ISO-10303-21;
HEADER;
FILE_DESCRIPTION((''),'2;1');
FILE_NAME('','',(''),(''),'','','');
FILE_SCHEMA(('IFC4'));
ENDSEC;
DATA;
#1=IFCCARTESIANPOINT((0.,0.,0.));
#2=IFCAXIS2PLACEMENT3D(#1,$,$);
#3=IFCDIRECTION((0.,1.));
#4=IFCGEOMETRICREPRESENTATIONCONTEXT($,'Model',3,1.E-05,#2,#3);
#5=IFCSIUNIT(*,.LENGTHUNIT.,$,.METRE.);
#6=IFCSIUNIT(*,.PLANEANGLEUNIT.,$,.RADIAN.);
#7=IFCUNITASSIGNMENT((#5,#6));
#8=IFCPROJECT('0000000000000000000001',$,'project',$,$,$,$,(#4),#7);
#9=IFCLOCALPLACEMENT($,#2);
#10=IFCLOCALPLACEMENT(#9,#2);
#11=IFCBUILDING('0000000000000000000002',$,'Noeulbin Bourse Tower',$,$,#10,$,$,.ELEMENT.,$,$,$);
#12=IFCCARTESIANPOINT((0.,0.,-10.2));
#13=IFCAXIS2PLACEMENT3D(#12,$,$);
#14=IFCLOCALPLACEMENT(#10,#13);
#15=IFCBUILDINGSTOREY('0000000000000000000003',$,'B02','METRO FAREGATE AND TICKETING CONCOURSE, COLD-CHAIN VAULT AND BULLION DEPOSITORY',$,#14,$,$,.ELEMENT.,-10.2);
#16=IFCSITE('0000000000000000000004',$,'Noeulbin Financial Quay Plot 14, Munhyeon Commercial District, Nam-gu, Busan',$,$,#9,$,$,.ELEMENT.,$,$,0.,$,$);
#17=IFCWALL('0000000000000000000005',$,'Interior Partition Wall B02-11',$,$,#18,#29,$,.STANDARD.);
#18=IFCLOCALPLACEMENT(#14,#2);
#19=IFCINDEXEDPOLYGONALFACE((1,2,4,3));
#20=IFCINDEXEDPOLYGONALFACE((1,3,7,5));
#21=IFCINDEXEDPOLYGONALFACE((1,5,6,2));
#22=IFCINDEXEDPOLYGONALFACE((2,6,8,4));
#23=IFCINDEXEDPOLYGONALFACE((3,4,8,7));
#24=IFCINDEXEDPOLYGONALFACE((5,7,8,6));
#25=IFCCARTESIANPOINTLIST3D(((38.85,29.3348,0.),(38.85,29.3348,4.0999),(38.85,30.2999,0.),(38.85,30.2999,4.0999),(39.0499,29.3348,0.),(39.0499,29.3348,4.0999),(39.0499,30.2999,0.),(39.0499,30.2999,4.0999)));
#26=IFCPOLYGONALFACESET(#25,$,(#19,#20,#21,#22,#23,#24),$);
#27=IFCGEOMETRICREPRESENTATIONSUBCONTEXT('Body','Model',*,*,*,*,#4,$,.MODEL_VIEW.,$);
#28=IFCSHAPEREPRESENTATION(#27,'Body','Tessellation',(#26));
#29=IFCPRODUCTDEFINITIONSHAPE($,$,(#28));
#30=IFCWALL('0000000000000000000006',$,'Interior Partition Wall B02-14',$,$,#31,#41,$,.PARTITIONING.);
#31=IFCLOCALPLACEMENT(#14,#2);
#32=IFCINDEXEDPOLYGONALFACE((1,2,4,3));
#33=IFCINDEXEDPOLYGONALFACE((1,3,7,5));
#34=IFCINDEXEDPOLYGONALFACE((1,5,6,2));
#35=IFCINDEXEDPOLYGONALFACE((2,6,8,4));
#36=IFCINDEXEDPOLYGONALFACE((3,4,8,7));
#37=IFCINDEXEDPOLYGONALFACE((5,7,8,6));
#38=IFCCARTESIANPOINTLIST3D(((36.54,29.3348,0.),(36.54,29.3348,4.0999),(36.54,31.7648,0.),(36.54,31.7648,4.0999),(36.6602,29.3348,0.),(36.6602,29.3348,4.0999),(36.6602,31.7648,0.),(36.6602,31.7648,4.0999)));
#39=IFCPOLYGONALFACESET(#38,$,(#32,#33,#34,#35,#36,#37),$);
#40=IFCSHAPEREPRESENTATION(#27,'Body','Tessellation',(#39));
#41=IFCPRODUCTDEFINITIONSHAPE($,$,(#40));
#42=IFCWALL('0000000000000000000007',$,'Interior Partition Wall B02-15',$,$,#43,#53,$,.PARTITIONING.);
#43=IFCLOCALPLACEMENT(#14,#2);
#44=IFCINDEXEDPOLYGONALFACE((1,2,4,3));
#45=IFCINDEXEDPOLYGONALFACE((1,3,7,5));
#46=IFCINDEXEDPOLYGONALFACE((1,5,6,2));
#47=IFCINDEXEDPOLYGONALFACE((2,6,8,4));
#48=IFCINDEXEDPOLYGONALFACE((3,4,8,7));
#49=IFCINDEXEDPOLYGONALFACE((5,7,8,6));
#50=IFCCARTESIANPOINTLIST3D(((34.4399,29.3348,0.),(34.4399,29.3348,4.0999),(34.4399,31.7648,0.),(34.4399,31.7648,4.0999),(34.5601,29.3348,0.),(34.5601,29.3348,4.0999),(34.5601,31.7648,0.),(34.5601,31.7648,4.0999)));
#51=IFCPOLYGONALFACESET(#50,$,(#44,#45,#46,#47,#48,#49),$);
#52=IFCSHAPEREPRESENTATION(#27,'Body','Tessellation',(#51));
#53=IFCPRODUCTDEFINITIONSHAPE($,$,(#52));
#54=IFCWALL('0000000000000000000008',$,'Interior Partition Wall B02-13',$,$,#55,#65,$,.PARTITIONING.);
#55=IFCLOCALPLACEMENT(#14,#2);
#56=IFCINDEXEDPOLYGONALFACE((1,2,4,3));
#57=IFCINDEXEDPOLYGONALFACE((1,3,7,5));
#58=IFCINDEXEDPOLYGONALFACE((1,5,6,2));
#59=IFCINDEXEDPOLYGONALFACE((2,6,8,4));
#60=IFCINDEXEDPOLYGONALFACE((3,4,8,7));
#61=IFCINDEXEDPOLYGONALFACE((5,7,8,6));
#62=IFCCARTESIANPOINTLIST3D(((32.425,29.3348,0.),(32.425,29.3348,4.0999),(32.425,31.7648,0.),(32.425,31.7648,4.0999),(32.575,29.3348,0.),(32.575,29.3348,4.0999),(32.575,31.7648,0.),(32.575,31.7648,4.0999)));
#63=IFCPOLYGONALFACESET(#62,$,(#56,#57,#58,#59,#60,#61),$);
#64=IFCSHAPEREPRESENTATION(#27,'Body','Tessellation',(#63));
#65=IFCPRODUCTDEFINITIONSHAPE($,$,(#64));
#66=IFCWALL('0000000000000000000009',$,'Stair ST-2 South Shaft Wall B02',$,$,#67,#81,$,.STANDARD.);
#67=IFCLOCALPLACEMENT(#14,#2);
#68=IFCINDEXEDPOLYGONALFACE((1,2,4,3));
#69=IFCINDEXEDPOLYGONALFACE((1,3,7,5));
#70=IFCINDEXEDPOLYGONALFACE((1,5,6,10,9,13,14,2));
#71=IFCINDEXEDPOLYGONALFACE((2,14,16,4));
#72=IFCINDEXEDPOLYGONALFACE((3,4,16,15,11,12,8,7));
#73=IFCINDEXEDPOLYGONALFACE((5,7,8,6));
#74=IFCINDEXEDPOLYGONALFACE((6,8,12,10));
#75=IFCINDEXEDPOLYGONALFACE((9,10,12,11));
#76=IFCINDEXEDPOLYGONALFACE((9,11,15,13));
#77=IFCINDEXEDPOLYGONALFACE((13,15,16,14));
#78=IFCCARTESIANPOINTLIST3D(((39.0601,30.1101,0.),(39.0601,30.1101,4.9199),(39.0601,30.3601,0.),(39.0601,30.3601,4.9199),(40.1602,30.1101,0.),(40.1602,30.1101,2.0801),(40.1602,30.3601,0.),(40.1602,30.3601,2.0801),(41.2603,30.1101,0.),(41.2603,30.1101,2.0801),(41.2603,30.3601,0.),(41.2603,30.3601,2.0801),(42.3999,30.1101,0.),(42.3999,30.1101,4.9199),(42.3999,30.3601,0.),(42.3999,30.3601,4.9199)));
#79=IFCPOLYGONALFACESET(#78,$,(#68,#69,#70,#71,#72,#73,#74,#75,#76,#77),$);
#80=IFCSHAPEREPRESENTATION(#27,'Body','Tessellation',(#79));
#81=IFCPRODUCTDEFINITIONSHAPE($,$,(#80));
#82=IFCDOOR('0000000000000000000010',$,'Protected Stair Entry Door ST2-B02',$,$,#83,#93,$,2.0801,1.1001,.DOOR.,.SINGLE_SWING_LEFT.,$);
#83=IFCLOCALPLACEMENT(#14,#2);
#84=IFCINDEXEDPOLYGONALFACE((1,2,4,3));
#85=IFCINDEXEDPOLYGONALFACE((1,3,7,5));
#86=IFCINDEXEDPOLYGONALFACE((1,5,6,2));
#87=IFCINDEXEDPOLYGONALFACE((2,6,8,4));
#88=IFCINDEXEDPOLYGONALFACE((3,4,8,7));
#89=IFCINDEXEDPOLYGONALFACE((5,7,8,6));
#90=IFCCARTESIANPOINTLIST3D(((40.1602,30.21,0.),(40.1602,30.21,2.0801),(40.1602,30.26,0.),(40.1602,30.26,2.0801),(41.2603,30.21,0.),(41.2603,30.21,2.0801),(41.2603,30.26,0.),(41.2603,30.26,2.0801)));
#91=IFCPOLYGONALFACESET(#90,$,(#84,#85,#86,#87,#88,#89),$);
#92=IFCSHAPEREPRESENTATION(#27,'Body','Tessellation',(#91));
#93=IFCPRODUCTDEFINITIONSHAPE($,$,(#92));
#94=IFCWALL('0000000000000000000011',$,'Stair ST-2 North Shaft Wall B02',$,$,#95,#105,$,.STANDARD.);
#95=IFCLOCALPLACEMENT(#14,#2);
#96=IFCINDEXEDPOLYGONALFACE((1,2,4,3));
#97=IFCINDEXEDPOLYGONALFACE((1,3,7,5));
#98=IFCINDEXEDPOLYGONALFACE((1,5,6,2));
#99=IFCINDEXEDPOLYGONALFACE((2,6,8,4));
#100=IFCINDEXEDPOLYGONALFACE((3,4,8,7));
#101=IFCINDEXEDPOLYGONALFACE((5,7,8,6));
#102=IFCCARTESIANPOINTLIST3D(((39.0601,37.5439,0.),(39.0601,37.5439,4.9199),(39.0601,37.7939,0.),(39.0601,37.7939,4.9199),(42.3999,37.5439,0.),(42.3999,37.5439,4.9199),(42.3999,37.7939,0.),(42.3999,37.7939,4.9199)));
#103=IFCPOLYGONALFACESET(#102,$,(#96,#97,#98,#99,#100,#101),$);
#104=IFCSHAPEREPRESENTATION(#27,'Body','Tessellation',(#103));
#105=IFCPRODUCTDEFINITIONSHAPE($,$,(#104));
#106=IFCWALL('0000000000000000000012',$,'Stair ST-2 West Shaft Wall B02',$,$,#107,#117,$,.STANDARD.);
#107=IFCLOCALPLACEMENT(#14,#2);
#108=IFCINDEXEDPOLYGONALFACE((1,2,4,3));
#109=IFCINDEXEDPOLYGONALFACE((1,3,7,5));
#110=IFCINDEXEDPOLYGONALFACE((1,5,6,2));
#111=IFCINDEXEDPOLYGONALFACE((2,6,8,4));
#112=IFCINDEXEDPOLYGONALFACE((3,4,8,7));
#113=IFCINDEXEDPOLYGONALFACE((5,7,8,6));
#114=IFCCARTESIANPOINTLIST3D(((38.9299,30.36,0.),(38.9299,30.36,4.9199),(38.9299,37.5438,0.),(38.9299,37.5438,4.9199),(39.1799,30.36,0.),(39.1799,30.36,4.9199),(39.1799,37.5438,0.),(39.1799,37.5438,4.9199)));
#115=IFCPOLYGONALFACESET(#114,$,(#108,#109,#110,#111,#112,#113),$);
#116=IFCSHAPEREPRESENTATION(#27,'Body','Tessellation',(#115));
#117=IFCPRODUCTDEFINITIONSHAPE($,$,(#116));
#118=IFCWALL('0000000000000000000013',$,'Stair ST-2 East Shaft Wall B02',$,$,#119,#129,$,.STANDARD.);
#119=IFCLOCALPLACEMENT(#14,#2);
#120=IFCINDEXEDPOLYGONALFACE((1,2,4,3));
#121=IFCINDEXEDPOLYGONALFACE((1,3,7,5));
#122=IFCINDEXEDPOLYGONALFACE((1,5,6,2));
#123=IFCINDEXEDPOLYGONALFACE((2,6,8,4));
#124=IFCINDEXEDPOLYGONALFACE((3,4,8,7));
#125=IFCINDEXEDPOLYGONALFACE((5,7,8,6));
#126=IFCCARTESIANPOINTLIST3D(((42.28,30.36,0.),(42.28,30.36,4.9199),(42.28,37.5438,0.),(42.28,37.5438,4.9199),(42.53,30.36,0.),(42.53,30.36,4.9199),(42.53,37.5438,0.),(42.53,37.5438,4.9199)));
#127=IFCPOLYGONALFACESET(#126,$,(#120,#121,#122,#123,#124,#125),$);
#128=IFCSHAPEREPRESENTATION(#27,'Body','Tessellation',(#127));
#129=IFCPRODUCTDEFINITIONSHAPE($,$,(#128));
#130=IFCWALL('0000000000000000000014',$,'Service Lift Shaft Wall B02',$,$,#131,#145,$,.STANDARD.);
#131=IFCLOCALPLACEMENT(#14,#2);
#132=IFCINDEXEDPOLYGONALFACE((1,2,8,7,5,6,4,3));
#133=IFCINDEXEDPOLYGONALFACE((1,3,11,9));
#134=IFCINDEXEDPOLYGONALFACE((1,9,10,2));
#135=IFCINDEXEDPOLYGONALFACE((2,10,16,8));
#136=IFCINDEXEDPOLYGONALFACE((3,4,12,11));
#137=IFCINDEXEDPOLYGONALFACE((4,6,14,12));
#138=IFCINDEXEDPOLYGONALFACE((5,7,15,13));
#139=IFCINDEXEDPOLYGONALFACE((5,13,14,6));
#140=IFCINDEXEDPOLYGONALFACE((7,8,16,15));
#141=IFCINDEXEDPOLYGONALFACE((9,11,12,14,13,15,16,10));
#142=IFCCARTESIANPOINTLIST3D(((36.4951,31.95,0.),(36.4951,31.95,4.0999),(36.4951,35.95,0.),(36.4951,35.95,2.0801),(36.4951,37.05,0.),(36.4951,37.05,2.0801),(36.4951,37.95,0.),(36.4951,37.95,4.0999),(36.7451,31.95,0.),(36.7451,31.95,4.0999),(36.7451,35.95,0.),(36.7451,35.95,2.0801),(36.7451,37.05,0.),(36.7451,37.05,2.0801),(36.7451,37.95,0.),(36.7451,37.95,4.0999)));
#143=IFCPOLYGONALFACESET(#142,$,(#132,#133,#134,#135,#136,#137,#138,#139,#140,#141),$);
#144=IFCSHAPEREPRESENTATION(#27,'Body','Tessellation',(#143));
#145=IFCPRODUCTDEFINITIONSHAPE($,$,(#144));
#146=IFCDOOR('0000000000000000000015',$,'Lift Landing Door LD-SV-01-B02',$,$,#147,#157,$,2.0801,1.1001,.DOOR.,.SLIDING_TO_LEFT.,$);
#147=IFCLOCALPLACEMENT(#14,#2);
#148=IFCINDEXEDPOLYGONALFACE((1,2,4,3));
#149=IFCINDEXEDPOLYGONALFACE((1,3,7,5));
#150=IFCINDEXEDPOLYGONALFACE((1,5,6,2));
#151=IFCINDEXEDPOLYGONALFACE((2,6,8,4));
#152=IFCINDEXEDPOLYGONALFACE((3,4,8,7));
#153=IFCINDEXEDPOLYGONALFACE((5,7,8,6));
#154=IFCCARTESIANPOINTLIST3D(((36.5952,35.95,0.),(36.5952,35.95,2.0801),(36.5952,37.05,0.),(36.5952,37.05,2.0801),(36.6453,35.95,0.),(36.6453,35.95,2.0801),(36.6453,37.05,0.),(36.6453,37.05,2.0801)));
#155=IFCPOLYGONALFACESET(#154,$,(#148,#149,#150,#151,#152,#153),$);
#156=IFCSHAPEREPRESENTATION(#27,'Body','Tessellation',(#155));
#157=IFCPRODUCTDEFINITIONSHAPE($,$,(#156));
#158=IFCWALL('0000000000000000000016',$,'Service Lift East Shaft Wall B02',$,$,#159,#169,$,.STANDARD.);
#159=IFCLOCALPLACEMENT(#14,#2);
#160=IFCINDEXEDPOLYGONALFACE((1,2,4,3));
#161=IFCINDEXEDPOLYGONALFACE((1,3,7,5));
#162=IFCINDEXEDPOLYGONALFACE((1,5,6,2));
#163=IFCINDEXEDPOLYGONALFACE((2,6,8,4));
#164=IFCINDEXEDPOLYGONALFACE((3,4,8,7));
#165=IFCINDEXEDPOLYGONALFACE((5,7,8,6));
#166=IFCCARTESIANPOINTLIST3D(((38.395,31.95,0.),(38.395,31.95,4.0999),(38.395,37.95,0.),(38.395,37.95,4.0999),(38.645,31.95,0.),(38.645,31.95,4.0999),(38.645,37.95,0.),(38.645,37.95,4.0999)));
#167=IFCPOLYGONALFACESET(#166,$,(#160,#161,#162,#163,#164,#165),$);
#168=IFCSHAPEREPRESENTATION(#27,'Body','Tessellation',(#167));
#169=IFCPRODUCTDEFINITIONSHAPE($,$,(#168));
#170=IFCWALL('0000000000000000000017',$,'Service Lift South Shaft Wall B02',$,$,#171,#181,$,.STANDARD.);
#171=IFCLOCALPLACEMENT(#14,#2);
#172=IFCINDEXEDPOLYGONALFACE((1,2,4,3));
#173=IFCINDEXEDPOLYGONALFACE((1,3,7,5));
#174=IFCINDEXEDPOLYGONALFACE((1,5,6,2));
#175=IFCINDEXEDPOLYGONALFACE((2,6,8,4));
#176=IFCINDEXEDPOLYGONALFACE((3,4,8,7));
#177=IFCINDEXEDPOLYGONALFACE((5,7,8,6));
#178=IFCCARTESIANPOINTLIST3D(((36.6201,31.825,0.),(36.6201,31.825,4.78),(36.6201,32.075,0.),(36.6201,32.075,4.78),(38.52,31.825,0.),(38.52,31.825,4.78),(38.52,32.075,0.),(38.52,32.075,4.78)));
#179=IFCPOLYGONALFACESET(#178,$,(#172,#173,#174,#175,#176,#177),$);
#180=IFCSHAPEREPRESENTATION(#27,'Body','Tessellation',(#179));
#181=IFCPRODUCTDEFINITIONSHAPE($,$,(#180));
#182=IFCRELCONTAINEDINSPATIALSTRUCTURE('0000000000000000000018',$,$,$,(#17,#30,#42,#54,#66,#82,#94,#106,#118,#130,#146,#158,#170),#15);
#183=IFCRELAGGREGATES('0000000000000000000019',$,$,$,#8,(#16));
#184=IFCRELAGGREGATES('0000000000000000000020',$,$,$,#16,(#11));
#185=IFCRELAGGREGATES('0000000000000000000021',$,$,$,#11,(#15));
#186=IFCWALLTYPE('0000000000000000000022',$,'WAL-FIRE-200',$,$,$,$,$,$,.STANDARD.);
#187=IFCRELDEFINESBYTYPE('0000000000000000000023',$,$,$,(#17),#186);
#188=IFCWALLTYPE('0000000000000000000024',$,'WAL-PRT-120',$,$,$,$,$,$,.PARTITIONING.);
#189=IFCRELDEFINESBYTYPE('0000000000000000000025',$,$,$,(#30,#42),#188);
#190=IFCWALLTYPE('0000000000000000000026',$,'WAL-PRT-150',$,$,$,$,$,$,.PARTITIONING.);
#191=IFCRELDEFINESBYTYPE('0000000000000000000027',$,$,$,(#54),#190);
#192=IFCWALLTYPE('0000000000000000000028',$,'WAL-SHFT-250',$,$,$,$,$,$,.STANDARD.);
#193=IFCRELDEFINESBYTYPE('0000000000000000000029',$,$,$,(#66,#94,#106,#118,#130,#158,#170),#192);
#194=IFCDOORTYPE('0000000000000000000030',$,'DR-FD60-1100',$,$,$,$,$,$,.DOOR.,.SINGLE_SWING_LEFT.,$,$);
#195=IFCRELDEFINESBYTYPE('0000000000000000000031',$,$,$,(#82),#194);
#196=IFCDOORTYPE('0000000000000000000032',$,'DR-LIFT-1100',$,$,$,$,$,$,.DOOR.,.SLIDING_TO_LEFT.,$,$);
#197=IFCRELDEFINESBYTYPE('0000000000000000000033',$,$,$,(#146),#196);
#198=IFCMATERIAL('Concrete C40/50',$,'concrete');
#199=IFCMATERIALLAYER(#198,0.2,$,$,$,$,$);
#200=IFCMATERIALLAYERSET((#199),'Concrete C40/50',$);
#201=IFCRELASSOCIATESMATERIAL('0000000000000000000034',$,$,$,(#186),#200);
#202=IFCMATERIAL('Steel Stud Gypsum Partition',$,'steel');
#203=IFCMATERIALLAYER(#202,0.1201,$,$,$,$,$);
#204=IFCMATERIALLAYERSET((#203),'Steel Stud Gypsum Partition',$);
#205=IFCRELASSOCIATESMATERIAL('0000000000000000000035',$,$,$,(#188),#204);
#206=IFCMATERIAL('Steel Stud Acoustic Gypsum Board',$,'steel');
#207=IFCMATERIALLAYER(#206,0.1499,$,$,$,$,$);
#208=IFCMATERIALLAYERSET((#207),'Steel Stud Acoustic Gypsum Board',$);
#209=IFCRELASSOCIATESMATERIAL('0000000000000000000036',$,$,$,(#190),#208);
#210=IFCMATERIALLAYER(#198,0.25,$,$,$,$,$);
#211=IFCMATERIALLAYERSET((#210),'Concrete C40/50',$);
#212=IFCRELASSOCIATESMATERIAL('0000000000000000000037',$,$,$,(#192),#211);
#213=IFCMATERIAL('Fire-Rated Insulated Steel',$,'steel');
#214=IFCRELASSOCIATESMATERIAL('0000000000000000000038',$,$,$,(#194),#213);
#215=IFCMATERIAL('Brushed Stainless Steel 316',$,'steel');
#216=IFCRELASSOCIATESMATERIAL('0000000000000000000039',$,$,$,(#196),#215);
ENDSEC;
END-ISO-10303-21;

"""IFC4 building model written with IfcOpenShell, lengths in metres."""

from ifc_helpers import new_model, si_unit, direction, frame, frame_2d, origin, place, context, subcontext, project, spatial, rectangle, extrude, material, layer, layer_set, type_object, element, fill, save


model = new_model("IFC4")

# Units and contexts
model_context = context("Model", 3, precision=1e-05, world=origin(), true_north=direction((0.0, 1.0)))
body_context = subcontext(model_context, "Body", "Model", "MODEL_VIEW")
ifc_project = project(units=[si_unit("LENGTHUNIT", "METRE"), si_unit("PLANEANGLEUNIT", "RADIAN")], contexts=[model_context])

# Site, building, storey
site_placement = place(None, origin())
site = spatial("IfcSite", under=ifc_project, at=site_placement, Name="Noeulbin Financial Quay Plot 14, Munhyeon Commercial District, Nam-gu, Busan", CompositionType="ELEMENT", RefElevation=0.0)
building_placement = place(site_placement, origin())
building = spatial("IfcBuilding", under=site, at=building_placement, Name="Noeulbin Bourse Tower", CompositionType="ELEMENT")
storey_placement = place(building_placement, frame((0.0, 0.0, -10.2)))
storey = spatial("IfcBuildingStorey", under=building, at=storey_placement, Name="B02", Description="METRO FAREGATE AND TICKETING CONCOURSE, COLD-CHAIN VAULT AND BULLION DEPOSITORY", CompositionType="ELEMENT", Elevation=-10.2)

# Walls
ifc_material_1 = material(Name="Concrete C40/50", Category="concrete")
ifc_layer_1 = layer(ifc_material_1, 0.2)
ifc_layer_set_1 = layer_set([ifc_layer_1], Name="Concrete C40/50")
wall_type_1 = type_object("IfcWallType", Name="WAL-FIRE-200", PredefinedType="STANDARD", material=ifc_layer_set_1)
wall_1_placement = place(storey_placement, frame((38.95, 29.335, 0.0), z_axis=(0.0, 0.0, 1.0), x_axis=(0.0, 1.0, 0.0)))
element("IfcWall", 1, at=wall_1_placement, inside=storey, type_object=wall_type_1, Name="Interior Partition Wall B02-11", PredefinedType="STANDARD", context=body_context, shape_type="SweptSolid", body=[
    extrude(rectangle(XDim=0.9651, YDim=0.2, at=frame_2d((0.4824, 0.0))), origin(), (0.0, 0.0, 1.0), 4.0999),
])
ifc_material_2 = material(Name="Steel Stud Gypsum Partition", Category="steel")
ifc_layer_2 = layer(ifc_material_2, 0.1201)
ifc_layer_set_2 = layer_set([ifc_layer_2], Name="Steel Stud Gypsum Partition")
wall_type_2 = type_object("IfcWallType", Name="WAL-PRT-120", PredefinedType="PARTITIONING", material=ifc_layer_set_2)
for number, where, z_axis, x_axis, name in (
    (2, (36.6001, 29.335, 0.0), (0.0, 0.0, 1.0), (0.0, 1.0, 0.0), "Interior Partition Wall B02-14"),
    (3, (34.5, 29.335, 0.0), (0.0, 0.0, 1.0), (0.0, 1.0, 0.0), "Interior Partition Wall B02-15"),
):
    element("IfcWall", number, at=place(storey_placement, frame(where, z_axis=z_axis, x_axis=x_axis)), inside=storey, type_object=wall_type_2, Name=name, PredefinedType="PARTITIONING", context=body_context, shape_type="SweptSolid", body=[
        extrude(rectangle(XDim=2.4299, YDim=0.1201, at=frame_2d((1.2148, 0.0))), origin(), (0.0, 0.0, 1.0), 4.0999),
    ])
ifc_material_3 = material(Name="Steel Stud Acoustic Gypsum Board", Category="steel")
ifc_layer_3 = layer(ifc_material_3, 0.1499)
ifc_layer_set_3 = layer_set([ifc_layer_3], Name="Steel Stud Acoustic Gypsum Board")
wall_type_3 = type_object("IfcWallType", Name="WAL-PRT-150", PredefinedType="PARTITIONING", material=ifc_layer_set_3)
wall_2_placement = place(storey_placement, frame((32.5, 29.335, 0.0), z_axis=(0.0, 0.0, 1.0), x_axis=(0.0, 1.0, 0.0)))
element("IfcWall", 4, at=wall_2_placement, inside=storey, type_object=wall_type_3, Name="Interior Partition Wall B02-13", PredefinedType="PARTITIONING", context=body_context, shape_type="SweptSolid", body=[
    extrude(rectangle(XDim=2.4299, YDim=0.1499, at=frame_2d((1.2148, 0.0))), origin(), (0.0, 0.0, 1.0), 4.0999),
])

# Wall, opening, door
ifc_layer_4 = layer(ifc_material_1, 0.25)
ifc_layer_set_4 = layer_set([ifc_layer_4], Name="Concrete C40/50")
wall_type_4 = type_object("IfcWallType", Name="WAL-SHFT-250", PredefinedType="STANDARD", material=ifc_layer_set_4)
wall_3_placement = place(storey_placement, frame((39.0601, 30.2351, 0.0), z_axis=(0.0, 0.0, 1.0), x_axis=(1.0, 0.0, 0.0)))
wall_3 = element("IfcWall", 5, at=wall_3_placement, inside=storey, type_object=wall_type_4, Name="Stair ST-2 South Shaft Wall B02", PredefinedType="STANDARD", context=body_context, shape_type="SweptSolid", body=[
    extrude(rectangle(XDim=3.3398, YDim=0.25, at=frame_2d((1.6699, 0.0))), origin(), (0.0, 0.0, 1.0), 4.9199),
])
opening_1_placement = place(wall_3_placement, frame((1.1001, 0.0, 0.0)))
opening_1 = element("IfcOpeningElement", 6, at=opening_1_placement, cuts=wall_3, PredefinedType="OPENING", context=body_context, shape_type="SweptSolid", body=[
    extrude(rectangle(XDim=1.1001, YDim=2.0801, at=frame_2d((0.55, 1.04))), frame((0.0, 0.135, 0.0), z_axis=(0.0, -1.0, 0.0), x_axis=(1.0, 0.0, 0.0)), (0.0, 0.0, 1.0), 0.27),
])
ifc_material_4 = material(Name="Fire-Rated Insulated Steel", Category="steel")
door_type_1 = type_object("IfcDoorType", Name="DR-FD60-1100", OperationType="SINGLE_SWING_LEFT", PredefinedType="DOOR", material=ifc_material_4)
door_1_placement = place(opening_1_placement, origin())
door_1 = element("IfcDoor", 7, at=door_1_placement, inside=storey, type_object=door_type_1, Name="Protected Stair Entry Door ST2-B02", OperationType="SINGLE_SWING_LEFT", OverallHeight=2.0801, OverallWidth=1.1001, PredefinedType="DOOR", context=body_context, shape_type="SweptSolid", body=[
    extrude(rectangle(XDim=1.1001, YDim=2.0801, at=frame_2d((0.55, 1.04))), frame((0.0, 0.0249, 0.0), z_axis=(0.0, -1.0, 0.0), x_axis=(1.0, 0.0, 0.0)), (0.0, 0.0, 1.0), 0.05),
])
fill(opening_1, door_1)

# Walls
wall_4_placement = place(storey_placement, frame((39.0601, 37.6689, 0.0), z_axis=(0.0, 0.0, 1.0), x_axis=(1.0, 0.0, 0.0)))
element("IfcWall", 8, at=wall_4_placement, inside=storey, type_object=wall_type_4, Name="Stair ST-2 North Shaft Wall B02", PredefinedType="STANDARD", context=body_context, shape_type="SweptSolid", body=[
    extrude(rectangle(XDim=3.3398, YDim=0.25, at=frame_2d((1.6699, 0.0))), origin(), (0.0, 0.0, 1.0), 4.9199),
])
for number, where, z_axis, x_axis, name in (
    (9, (39.0549, 30.3601, 0.0), (0.0, 0.0, 1.0), (0.0, 1.0, 0.0), "Stair ST-2 West Shaft Wall B02"),
    (10, (42.405, 30.3601, 0.0), (0.0, 0.0, 1.0), (0.0, 1.0, 0.0), "Stair ST-2 East Shaft Wall B02"),
):
    element("IfcWall", number, at=place(storey_placement, frame(where, z_axis=z_axis, x_axis=x_axis)), inside=storey, type_object=wall_type_4, Name=name, PredefinedType="STANDARD", context=body_context, shape_type="SweptSolid", body=[
        extrude(rectangle(XDim=7.1838, YDim=0.25, at=frame_2d((3.5918, 0.0))), origin(), (0.0, 0.0, 1.0), 4.9199),
    ])

# Wall, opening, door
wall_5_placement = place(storey_placement, frame((36.6201, 31.95, 0.0), z_axis=(0.0, 0.0, 1.0), x_axis=(0.0, 1.0, 0.0)))
wall_5 = element("IfcWall", 11, at=wall_5_placement, inside=storey, type_object=wall_type_4, Name="Service Lift Shaft Wall B02", PredefinedType="STANDARD", context=body_context, shape_type="SweptSolid", body=[
    extrude(rectangle(XDim=6.0, YDim=0.25, at=frame_2d((3.0, 0.0))), origin(), (0.0, 0.0, 1.0), 4.0999),
])
opening_2_placement = place(wall_5_placement, frame((4.0, 0.0, 0.0)))
opening_2 = element("IfcOpeningElement", 12, at=opening_2_placement, cuts=wall_5, PredefinedType="OPENING", context=body_context, shape_type="SweptSolid", body=[
    extrude(rectangle(XDim=1.1001, YDim=2.0801, at=frame_2d((0.55, 1.04))), frame((0.0, 0.135, 0.0), z_axis=(0.0, -1.0, 0.0), x_axis=(1.0, 0.0, 0.0)), (0.0, 0.0, 1.0), 0.27),
])
ifc_material_5 = material(Name="Brushed Stainless Steel 316", Category="steel")
door_type_2 = type_object("IfcDoorType", Name="DR-LIFT-1100", OperationType="SLIDING_TO_LEFT", PredefinedType="DOOR", material=ifc_material_5)
door_2_placement = place(opening_2_placement, origin())
door_2 = element("IfcDoor", 13, at=door_2_placement, inside=storey, type_object=door_type_2, Name="Lift Landing Door LD-SV-01-B02", OperationType="SLIDING_TO_LEFT", OverallHeight=2.0801, OverallWidth=1.1001, PredefinedType="DOOR", context=body_context, shape_type="SweptSolid", body=[
    extrude(rectangle(XDim=1.1001, YDim=2.0801, at=frame_2d((0.55, 1.04))), frame((0.0, 0.0249, 0.0), z_axis=(0.0, -1.0, 0.0), x_axis=(1.0, 0.0, 0.0)), (0.0, 0.0, 1.0), 0.05),
])
fill(opening_2, door_2)

# Walls
wall_6_placement = place(storey_placement, frame((38.52, 31.95, 0.0), z_axis=(0.0, 0.0, 1.0), x_axis=(0.0, 1.0, 0.0)))
element("IfcWall", 14, at=wall_6_placement, inside=storey, type_object=wall_type_4, Name="Service Lift East Shaft Wall B02", PredefinedType="STANDARD", context=body_context, shape_type="SweptSolid", body=[
    extrude(rectangle(XDim=6.0, YDim=0.25, at=frame_2d((3.0, 0.0))), origin(), (0.0, 0.0, 1.0), 4.0999),
])
wall_7_placement = place(storey_placement, frame((36.6201, 31.95, 0.0), z_axis=(0.0, 0.0, 1.0), x_axis=(1.0, 0.0, 0.0)))
element("IfcWall", 15, at=wall_7_placement, inside=storey, type_object=wall_type_4, Name="Service Lift South Shaft Wall B02", PredefinedType="STANDARD", context=body_context, shape_type="SweptSolid", body=[
    extrude(rectangle(XDim=1.8999, YDim=0.25, at=frame_2d((0.95, 0.0))), origin(), (0.0, 0.0, 1.0), 4.78),
])

save(model, "model.ifc")
